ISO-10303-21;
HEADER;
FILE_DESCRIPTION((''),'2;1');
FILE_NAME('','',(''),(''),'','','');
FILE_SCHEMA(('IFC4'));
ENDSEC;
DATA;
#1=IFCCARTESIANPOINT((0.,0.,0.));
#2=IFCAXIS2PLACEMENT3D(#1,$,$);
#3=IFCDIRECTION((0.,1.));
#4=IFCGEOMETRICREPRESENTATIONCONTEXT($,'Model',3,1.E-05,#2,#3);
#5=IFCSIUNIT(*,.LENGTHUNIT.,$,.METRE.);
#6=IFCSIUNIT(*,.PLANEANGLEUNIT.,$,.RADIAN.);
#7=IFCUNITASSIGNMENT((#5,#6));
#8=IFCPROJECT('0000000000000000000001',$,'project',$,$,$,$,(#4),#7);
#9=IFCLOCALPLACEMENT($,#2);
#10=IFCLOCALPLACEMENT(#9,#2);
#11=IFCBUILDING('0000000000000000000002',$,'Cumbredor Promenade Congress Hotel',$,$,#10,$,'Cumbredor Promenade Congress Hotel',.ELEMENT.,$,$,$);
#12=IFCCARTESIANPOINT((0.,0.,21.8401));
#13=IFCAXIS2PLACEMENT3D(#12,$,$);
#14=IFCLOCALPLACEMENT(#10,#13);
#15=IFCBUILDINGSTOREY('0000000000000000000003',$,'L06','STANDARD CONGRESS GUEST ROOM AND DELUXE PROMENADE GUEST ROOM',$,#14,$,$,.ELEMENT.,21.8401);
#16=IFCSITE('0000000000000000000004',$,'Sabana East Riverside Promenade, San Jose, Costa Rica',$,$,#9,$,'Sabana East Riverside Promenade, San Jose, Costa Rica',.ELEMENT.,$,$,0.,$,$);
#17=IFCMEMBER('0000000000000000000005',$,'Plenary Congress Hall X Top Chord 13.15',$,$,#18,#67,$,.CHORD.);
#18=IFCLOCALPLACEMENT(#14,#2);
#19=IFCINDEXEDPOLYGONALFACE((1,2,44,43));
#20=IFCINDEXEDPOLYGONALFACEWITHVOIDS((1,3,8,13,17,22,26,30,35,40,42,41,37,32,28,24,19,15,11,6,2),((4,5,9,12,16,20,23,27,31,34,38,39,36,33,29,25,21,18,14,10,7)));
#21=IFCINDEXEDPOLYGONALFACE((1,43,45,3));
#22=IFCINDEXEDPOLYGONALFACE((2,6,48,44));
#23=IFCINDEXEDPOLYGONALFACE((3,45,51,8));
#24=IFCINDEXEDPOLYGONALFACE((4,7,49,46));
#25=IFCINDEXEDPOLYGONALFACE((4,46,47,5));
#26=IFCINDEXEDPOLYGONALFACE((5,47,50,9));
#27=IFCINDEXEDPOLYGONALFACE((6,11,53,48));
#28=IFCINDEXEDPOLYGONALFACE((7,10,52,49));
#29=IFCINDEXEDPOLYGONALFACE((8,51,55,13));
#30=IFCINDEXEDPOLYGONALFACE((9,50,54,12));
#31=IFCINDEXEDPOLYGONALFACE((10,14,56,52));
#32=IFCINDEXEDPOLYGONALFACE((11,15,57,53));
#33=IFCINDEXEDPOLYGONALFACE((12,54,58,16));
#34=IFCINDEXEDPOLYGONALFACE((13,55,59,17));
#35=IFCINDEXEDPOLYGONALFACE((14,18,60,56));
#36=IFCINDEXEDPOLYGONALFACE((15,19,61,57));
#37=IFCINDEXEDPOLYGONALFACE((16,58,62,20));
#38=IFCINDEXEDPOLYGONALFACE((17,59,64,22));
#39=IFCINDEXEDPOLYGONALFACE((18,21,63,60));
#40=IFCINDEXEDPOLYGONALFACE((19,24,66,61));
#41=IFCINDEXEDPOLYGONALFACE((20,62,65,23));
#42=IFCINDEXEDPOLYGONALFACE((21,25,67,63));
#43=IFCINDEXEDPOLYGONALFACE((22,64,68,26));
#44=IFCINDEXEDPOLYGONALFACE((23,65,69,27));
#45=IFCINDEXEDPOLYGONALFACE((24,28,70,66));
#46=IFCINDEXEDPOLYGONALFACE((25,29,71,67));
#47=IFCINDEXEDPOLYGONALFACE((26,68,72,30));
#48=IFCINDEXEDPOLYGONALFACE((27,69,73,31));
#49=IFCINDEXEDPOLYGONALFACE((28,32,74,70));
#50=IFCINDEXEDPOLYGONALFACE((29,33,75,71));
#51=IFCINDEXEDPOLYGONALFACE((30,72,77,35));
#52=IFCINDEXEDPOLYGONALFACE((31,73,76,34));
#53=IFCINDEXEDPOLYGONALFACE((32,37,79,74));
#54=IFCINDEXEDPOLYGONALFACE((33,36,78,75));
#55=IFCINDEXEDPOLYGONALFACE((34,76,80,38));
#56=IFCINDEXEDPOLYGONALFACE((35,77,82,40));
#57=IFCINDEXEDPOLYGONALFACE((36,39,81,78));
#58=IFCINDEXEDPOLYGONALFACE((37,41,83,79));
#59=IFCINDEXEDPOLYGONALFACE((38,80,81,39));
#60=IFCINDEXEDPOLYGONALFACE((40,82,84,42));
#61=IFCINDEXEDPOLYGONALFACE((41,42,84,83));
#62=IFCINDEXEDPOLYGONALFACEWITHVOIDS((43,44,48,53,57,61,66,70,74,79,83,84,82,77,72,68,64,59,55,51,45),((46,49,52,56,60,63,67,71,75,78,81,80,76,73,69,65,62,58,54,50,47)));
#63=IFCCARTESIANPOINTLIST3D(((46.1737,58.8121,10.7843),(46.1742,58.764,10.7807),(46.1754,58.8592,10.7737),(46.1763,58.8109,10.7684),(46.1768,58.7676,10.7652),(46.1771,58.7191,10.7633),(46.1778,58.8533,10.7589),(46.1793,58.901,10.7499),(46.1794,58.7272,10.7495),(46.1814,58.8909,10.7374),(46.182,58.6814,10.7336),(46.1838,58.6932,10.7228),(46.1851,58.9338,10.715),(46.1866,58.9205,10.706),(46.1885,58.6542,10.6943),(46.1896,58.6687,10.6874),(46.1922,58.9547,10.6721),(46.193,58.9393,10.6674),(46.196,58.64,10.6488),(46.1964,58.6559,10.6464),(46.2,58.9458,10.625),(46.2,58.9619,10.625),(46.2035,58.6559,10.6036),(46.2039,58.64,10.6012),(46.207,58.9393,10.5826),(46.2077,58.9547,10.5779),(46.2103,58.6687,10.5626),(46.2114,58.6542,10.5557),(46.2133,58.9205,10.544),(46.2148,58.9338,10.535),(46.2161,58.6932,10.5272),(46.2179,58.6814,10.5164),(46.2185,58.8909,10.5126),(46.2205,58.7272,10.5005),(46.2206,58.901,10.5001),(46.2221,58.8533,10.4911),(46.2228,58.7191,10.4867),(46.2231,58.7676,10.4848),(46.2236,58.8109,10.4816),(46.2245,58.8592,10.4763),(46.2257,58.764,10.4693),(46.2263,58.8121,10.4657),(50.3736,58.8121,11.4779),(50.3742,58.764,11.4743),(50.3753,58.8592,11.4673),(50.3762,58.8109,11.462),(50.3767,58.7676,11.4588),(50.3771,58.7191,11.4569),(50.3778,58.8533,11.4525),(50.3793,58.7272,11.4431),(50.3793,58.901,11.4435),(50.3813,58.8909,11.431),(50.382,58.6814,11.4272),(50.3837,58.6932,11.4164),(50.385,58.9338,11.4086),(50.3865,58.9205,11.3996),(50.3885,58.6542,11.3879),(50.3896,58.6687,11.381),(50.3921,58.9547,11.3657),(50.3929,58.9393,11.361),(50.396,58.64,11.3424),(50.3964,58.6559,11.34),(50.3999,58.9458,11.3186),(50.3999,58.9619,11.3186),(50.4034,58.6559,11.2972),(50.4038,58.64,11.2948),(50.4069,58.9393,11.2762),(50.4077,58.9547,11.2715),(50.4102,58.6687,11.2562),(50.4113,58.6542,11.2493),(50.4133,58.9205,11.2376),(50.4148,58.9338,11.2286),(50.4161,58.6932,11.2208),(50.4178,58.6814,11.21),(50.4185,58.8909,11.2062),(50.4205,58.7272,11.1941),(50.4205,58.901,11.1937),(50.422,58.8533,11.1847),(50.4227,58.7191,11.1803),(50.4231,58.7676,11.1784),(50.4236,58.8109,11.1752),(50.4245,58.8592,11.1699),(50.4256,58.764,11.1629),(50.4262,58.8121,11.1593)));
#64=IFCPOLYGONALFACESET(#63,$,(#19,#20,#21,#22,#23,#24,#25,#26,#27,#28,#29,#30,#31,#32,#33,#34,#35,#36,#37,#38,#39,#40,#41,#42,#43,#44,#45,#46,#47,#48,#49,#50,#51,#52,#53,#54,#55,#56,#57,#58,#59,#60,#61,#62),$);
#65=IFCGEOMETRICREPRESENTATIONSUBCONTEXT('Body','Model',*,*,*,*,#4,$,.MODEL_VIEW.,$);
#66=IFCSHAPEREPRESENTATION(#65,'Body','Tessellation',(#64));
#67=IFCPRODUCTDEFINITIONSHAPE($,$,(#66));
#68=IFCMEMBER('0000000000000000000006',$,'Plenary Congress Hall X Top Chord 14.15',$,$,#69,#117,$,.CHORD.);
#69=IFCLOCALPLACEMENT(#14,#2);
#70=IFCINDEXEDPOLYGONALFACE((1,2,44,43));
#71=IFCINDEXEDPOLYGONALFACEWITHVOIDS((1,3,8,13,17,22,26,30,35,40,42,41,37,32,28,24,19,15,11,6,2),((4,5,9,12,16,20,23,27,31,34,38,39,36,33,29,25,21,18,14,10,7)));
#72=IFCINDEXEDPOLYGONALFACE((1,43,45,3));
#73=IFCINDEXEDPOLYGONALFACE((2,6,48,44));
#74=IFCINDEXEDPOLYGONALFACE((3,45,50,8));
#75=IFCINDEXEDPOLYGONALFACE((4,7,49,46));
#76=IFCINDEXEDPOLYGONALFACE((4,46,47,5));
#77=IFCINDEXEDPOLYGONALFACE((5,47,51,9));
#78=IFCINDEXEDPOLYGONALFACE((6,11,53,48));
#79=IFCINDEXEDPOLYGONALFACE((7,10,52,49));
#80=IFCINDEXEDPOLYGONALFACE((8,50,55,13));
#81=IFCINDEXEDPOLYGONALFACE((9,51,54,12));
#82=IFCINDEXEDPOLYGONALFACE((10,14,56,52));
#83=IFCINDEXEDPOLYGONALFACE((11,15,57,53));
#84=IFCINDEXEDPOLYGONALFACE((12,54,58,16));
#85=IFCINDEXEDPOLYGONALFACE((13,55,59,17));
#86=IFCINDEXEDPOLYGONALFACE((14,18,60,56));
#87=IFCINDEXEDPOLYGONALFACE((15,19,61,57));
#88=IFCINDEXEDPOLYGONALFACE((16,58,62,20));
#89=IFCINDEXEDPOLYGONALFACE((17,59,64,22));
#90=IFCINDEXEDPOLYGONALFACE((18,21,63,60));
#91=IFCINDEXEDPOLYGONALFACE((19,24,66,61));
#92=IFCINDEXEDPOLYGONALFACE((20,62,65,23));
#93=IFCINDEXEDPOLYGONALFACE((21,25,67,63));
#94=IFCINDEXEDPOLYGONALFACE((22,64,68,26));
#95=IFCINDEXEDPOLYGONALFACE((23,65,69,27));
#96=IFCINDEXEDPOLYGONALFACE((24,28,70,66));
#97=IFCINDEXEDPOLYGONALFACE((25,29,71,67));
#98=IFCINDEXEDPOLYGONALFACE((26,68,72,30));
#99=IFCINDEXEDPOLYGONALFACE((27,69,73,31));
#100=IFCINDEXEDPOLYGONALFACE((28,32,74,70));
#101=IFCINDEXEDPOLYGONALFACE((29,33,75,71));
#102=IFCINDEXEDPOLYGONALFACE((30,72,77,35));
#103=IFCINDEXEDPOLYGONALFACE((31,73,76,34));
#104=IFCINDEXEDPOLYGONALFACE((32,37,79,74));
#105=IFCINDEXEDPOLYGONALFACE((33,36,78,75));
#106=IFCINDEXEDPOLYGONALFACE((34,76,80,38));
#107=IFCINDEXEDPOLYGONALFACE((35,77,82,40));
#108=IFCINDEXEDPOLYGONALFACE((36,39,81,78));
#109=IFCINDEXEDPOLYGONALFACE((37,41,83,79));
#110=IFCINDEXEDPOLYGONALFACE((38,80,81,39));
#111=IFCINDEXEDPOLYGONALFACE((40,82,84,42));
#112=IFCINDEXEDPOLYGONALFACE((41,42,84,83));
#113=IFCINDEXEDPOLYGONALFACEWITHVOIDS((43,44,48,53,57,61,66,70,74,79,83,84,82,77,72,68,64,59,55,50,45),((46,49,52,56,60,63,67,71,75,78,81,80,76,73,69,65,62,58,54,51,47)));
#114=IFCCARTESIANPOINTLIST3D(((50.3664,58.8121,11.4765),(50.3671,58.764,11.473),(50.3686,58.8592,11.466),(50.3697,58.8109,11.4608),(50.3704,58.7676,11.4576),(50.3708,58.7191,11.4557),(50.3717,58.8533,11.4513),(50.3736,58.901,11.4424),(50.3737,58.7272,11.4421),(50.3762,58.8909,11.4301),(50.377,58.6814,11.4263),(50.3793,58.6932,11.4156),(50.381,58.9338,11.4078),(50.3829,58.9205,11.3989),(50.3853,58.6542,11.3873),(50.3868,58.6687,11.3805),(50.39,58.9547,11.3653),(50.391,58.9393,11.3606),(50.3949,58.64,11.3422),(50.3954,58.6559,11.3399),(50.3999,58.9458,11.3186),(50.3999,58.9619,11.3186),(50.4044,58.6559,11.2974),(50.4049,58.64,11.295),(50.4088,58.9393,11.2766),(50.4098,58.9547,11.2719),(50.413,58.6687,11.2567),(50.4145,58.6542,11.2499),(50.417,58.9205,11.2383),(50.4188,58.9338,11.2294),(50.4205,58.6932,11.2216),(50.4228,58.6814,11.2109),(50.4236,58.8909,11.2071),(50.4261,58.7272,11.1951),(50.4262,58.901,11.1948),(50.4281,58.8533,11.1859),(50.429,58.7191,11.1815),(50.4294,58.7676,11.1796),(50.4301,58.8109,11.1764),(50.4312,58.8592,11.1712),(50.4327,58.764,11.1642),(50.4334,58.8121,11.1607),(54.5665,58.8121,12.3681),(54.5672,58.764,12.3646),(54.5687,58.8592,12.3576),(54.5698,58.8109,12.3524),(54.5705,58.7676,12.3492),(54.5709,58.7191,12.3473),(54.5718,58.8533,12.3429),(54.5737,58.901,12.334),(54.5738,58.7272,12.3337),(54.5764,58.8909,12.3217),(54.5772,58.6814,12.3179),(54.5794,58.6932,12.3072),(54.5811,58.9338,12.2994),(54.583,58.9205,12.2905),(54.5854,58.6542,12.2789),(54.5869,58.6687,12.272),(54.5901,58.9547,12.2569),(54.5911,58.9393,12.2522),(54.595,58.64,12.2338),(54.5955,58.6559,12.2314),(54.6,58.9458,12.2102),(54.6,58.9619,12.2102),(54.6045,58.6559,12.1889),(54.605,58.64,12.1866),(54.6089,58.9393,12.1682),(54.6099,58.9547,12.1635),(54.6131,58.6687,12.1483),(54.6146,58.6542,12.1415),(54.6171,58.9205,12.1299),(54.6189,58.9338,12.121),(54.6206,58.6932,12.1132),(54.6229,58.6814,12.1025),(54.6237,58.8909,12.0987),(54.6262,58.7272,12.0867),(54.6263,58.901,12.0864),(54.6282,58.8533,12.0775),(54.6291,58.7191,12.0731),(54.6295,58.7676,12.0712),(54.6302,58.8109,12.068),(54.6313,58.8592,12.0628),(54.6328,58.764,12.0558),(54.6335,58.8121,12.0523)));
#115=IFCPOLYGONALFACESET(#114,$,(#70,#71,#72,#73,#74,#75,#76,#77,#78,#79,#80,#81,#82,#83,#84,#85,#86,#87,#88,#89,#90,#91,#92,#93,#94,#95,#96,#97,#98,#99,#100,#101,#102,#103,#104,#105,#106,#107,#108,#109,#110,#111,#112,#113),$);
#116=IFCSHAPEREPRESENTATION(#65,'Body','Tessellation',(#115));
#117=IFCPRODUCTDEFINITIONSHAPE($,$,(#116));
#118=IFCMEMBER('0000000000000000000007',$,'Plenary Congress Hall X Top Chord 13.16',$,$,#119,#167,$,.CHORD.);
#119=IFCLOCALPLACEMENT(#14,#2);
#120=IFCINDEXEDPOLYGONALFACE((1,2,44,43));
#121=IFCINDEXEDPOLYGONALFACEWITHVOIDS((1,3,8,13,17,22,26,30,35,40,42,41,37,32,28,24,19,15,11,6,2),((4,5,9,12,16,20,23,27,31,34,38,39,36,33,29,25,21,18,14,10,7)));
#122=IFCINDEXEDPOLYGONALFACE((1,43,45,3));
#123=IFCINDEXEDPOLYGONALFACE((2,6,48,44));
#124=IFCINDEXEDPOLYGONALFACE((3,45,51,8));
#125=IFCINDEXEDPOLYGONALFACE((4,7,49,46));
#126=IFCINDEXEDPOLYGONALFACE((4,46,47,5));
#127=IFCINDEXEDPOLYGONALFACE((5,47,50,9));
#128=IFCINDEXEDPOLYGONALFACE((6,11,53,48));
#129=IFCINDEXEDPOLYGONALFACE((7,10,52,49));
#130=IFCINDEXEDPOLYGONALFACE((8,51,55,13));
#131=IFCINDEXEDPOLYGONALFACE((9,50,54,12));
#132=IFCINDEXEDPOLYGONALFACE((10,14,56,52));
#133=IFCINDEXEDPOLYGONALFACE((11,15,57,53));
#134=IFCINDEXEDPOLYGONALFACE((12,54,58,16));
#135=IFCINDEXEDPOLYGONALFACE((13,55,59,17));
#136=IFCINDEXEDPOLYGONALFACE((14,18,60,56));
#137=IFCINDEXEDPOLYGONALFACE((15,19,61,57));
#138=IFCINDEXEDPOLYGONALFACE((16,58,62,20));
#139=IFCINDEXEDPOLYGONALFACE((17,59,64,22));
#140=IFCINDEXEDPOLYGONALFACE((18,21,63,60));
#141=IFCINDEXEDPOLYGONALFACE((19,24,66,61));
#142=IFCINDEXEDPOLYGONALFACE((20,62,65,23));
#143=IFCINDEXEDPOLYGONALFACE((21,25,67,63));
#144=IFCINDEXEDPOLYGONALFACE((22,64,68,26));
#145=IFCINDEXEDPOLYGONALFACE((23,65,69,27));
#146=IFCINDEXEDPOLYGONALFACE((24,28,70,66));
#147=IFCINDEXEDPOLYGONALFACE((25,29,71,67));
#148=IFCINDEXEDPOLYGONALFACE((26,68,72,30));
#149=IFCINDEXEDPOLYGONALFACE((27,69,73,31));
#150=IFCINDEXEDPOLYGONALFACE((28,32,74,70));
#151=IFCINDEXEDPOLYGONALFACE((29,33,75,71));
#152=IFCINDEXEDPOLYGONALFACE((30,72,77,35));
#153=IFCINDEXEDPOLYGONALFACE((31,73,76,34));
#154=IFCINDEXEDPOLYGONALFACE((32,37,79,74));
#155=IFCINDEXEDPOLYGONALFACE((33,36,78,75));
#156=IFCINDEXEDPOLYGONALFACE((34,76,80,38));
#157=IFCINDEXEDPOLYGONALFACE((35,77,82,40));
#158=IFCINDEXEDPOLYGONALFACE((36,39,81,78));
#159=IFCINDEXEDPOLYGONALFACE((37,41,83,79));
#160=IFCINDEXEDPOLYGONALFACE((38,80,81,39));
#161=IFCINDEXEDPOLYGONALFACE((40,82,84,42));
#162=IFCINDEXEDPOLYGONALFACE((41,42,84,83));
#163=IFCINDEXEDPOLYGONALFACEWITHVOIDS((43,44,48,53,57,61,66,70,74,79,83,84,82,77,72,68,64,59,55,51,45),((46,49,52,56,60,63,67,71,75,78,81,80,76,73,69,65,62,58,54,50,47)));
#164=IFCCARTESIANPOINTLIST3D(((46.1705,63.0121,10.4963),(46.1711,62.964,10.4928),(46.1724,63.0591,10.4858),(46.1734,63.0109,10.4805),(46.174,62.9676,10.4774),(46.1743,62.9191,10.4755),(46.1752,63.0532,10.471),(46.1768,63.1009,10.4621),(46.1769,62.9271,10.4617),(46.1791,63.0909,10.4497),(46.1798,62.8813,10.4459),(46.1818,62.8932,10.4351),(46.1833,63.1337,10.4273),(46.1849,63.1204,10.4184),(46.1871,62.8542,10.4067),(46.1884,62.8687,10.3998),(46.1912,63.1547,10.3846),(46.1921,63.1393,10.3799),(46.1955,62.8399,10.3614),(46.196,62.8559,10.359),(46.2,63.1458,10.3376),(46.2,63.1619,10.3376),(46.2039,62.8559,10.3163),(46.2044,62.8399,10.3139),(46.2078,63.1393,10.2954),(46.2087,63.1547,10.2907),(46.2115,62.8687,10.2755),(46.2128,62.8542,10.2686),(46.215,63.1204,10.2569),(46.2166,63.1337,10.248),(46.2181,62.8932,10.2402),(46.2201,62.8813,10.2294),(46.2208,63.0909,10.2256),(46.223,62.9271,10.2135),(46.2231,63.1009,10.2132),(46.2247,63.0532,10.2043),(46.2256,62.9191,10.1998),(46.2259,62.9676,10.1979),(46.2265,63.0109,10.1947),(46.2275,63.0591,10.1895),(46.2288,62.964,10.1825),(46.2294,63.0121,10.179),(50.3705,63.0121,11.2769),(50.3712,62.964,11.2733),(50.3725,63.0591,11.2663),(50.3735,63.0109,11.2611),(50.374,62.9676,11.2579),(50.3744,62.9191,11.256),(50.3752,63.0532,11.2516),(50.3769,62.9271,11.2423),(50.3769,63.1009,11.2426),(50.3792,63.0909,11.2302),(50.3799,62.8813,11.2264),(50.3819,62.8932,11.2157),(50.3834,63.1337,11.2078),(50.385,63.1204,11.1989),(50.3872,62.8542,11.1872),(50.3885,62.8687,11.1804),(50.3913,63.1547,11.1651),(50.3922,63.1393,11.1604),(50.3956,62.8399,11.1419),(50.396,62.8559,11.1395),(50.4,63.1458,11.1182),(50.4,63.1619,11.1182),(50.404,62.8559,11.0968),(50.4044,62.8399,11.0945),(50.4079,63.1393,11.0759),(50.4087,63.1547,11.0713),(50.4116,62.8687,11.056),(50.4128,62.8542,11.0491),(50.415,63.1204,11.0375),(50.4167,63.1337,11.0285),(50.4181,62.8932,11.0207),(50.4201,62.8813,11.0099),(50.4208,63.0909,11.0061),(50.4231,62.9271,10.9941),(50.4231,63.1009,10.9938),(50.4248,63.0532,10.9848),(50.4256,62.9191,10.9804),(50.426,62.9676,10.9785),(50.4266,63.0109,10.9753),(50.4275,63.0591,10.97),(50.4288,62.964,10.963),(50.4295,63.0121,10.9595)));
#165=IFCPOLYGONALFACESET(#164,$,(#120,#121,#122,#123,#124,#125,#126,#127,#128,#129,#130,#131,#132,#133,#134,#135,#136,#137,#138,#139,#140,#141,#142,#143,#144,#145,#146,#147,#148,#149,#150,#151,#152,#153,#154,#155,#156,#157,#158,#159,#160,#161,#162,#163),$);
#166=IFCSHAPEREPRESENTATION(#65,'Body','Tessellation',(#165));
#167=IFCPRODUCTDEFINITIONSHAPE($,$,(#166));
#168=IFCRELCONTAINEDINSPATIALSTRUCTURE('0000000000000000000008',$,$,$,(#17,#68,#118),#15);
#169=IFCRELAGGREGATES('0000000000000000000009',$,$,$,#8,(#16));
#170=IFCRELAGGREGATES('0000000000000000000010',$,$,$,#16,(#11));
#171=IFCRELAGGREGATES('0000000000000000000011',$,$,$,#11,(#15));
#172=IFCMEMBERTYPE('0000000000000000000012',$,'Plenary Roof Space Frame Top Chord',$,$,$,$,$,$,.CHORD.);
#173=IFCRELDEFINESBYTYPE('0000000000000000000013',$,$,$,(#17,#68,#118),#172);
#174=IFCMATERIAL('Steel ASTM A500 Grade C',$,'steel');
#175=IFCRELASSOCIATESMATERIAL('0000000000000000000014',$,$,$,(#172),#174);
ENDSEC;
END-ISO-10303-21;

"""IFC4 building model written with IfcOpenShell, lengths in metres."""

from ifc_helpers import new_model, si_unit, direction, frame, origin, origin_2d, place, context, subcontext, project, spatial, hollow_circle, extrude, material, material_profile, profile_set, type_object, element, save


model = new_model("IFC4")

# Units and contexts
model_context = context("Model", 3, precision=1e-05, world=origin(), true_north=direction((0.0, 1.0)))
body_context = subcontext(model_context, "Body", "Model", "MODEL_VIEW")
ifc_project = project(units=[si_unit("LENGTHUNIT", "METRE"), si_unit("PLANEANGLEUNIT", "RADIAN")], contexts=[model_context])

# Site, building, storey
site_placement = place(None, origin())
site = spatial("IfcSite", under=ifc_project, at=site_placement, Name="Sabana East Riverside Promenade, San Jose, Costa Rica", LongName="Sabana East Riverside Promenade, San Jose, Costa Rica", CompositionType="ELEMENT", RefElevation=0.0)
building_placement = place(site_placement, origin())
building = spatial("IfcBuilding", under=site, at=building_placement, Name="Cumbredor Promenade Congress Hotel", LongName="Cumbredor Promenade Congress Hotel", CompositionType="ELEMENT")
storey_placement = place(building_placement, frame((0.0, 0.0, 21.8401)))
storey = spatial("IfcBuildingStorey", under=building, at=storey_placement, Name="L06", Description="STANDARD CONGRESS GUEST ROOM AND DELUXE PROMENADE GUEST ROOM", CompositionType="ELEMENT", Elevation=21.8401)

# Members
ifc_material_1 = material(Name="Steel ASTM A500 Grade C", Category="steel")
ifc_material_profile_1 = material_profile(ifc_material_1, hollow_circle(Radius=0.1619, WallThickness=0.0161, at=origin_2d()), Name="CHS 323.9x16")
ifc_profile_set_1 = profile_set([ifc_material_profile_1], Name="Steel ASTM A500 Grade C")
member_type_1 = type_object("IfcMemberType", Name="Plenary Roof Space Frame Top Chord", PredefinedType="CHORD", material=ifc_profile_set_1)
member_1_placement = place(storey_placement, frame((46.2, 58.8, 10.625), z_axis=(0.986636, 0.0, 0.162939), x_axis=(0.0, 1.0, 0.0)))
element("IfcMember", 1, at=member_1_placement, inside=storey, type_object=member_type_1, Name="Plenary Congress Hall X Top Chord 13.15", PredefinedType="CHORD", context=body_context, shape_type="SweptSolid", body=[
    extrude(hollow_circle(Radius=0.1619, WallThickness=0.0161, at=origin_2d()), origin(), (0.0, 0.0, 1.0), 4.2568),
])
member_2_placement = place(storey_placement, frame((50.3999, 58.8, 11.3186), z_axis=(0.978203, 0.0, 0.207649), x_axis=(0.0, 1.0, 0.0)))
element("IfcMember", 2, at=member_2_placement, inside=storey, type_object=member_type_1, Name="Plenary Congress Hall X Top Chord 14.15", PredefinedType="CHORD", context=body_context, shape_type="SweptSolid", body=[
    extrude(hollow_circle(Radius=0.1619, WallThickness=0.0161, at=origin_2d()), origin(), (0.0, 0.0, 1.0), 4.2937),
])
member_3_placement = place(storey_placement, frame((46.2, 63.0, 10.3376), z_axis=(0.983167, 0.0, 0.182711), x_axis=(0.0, 1.0, 0.0)))
element("IfcMember", 3, at=member_3_placement, inside=storey, type_object=member_type_1, Name="Plenary Congress Hall X Top Chord 13.16", PredefinedType="CHORD", context=body_context, shape_type="SweptSolid", body=[
    extrude(hollow_circle(Radius=0.1619, WallThickness=0.0161, at=origin_2d()), origin(), (0.0, 0.0, 1.0), 4.272),
])

save(model, "model.ifc")
